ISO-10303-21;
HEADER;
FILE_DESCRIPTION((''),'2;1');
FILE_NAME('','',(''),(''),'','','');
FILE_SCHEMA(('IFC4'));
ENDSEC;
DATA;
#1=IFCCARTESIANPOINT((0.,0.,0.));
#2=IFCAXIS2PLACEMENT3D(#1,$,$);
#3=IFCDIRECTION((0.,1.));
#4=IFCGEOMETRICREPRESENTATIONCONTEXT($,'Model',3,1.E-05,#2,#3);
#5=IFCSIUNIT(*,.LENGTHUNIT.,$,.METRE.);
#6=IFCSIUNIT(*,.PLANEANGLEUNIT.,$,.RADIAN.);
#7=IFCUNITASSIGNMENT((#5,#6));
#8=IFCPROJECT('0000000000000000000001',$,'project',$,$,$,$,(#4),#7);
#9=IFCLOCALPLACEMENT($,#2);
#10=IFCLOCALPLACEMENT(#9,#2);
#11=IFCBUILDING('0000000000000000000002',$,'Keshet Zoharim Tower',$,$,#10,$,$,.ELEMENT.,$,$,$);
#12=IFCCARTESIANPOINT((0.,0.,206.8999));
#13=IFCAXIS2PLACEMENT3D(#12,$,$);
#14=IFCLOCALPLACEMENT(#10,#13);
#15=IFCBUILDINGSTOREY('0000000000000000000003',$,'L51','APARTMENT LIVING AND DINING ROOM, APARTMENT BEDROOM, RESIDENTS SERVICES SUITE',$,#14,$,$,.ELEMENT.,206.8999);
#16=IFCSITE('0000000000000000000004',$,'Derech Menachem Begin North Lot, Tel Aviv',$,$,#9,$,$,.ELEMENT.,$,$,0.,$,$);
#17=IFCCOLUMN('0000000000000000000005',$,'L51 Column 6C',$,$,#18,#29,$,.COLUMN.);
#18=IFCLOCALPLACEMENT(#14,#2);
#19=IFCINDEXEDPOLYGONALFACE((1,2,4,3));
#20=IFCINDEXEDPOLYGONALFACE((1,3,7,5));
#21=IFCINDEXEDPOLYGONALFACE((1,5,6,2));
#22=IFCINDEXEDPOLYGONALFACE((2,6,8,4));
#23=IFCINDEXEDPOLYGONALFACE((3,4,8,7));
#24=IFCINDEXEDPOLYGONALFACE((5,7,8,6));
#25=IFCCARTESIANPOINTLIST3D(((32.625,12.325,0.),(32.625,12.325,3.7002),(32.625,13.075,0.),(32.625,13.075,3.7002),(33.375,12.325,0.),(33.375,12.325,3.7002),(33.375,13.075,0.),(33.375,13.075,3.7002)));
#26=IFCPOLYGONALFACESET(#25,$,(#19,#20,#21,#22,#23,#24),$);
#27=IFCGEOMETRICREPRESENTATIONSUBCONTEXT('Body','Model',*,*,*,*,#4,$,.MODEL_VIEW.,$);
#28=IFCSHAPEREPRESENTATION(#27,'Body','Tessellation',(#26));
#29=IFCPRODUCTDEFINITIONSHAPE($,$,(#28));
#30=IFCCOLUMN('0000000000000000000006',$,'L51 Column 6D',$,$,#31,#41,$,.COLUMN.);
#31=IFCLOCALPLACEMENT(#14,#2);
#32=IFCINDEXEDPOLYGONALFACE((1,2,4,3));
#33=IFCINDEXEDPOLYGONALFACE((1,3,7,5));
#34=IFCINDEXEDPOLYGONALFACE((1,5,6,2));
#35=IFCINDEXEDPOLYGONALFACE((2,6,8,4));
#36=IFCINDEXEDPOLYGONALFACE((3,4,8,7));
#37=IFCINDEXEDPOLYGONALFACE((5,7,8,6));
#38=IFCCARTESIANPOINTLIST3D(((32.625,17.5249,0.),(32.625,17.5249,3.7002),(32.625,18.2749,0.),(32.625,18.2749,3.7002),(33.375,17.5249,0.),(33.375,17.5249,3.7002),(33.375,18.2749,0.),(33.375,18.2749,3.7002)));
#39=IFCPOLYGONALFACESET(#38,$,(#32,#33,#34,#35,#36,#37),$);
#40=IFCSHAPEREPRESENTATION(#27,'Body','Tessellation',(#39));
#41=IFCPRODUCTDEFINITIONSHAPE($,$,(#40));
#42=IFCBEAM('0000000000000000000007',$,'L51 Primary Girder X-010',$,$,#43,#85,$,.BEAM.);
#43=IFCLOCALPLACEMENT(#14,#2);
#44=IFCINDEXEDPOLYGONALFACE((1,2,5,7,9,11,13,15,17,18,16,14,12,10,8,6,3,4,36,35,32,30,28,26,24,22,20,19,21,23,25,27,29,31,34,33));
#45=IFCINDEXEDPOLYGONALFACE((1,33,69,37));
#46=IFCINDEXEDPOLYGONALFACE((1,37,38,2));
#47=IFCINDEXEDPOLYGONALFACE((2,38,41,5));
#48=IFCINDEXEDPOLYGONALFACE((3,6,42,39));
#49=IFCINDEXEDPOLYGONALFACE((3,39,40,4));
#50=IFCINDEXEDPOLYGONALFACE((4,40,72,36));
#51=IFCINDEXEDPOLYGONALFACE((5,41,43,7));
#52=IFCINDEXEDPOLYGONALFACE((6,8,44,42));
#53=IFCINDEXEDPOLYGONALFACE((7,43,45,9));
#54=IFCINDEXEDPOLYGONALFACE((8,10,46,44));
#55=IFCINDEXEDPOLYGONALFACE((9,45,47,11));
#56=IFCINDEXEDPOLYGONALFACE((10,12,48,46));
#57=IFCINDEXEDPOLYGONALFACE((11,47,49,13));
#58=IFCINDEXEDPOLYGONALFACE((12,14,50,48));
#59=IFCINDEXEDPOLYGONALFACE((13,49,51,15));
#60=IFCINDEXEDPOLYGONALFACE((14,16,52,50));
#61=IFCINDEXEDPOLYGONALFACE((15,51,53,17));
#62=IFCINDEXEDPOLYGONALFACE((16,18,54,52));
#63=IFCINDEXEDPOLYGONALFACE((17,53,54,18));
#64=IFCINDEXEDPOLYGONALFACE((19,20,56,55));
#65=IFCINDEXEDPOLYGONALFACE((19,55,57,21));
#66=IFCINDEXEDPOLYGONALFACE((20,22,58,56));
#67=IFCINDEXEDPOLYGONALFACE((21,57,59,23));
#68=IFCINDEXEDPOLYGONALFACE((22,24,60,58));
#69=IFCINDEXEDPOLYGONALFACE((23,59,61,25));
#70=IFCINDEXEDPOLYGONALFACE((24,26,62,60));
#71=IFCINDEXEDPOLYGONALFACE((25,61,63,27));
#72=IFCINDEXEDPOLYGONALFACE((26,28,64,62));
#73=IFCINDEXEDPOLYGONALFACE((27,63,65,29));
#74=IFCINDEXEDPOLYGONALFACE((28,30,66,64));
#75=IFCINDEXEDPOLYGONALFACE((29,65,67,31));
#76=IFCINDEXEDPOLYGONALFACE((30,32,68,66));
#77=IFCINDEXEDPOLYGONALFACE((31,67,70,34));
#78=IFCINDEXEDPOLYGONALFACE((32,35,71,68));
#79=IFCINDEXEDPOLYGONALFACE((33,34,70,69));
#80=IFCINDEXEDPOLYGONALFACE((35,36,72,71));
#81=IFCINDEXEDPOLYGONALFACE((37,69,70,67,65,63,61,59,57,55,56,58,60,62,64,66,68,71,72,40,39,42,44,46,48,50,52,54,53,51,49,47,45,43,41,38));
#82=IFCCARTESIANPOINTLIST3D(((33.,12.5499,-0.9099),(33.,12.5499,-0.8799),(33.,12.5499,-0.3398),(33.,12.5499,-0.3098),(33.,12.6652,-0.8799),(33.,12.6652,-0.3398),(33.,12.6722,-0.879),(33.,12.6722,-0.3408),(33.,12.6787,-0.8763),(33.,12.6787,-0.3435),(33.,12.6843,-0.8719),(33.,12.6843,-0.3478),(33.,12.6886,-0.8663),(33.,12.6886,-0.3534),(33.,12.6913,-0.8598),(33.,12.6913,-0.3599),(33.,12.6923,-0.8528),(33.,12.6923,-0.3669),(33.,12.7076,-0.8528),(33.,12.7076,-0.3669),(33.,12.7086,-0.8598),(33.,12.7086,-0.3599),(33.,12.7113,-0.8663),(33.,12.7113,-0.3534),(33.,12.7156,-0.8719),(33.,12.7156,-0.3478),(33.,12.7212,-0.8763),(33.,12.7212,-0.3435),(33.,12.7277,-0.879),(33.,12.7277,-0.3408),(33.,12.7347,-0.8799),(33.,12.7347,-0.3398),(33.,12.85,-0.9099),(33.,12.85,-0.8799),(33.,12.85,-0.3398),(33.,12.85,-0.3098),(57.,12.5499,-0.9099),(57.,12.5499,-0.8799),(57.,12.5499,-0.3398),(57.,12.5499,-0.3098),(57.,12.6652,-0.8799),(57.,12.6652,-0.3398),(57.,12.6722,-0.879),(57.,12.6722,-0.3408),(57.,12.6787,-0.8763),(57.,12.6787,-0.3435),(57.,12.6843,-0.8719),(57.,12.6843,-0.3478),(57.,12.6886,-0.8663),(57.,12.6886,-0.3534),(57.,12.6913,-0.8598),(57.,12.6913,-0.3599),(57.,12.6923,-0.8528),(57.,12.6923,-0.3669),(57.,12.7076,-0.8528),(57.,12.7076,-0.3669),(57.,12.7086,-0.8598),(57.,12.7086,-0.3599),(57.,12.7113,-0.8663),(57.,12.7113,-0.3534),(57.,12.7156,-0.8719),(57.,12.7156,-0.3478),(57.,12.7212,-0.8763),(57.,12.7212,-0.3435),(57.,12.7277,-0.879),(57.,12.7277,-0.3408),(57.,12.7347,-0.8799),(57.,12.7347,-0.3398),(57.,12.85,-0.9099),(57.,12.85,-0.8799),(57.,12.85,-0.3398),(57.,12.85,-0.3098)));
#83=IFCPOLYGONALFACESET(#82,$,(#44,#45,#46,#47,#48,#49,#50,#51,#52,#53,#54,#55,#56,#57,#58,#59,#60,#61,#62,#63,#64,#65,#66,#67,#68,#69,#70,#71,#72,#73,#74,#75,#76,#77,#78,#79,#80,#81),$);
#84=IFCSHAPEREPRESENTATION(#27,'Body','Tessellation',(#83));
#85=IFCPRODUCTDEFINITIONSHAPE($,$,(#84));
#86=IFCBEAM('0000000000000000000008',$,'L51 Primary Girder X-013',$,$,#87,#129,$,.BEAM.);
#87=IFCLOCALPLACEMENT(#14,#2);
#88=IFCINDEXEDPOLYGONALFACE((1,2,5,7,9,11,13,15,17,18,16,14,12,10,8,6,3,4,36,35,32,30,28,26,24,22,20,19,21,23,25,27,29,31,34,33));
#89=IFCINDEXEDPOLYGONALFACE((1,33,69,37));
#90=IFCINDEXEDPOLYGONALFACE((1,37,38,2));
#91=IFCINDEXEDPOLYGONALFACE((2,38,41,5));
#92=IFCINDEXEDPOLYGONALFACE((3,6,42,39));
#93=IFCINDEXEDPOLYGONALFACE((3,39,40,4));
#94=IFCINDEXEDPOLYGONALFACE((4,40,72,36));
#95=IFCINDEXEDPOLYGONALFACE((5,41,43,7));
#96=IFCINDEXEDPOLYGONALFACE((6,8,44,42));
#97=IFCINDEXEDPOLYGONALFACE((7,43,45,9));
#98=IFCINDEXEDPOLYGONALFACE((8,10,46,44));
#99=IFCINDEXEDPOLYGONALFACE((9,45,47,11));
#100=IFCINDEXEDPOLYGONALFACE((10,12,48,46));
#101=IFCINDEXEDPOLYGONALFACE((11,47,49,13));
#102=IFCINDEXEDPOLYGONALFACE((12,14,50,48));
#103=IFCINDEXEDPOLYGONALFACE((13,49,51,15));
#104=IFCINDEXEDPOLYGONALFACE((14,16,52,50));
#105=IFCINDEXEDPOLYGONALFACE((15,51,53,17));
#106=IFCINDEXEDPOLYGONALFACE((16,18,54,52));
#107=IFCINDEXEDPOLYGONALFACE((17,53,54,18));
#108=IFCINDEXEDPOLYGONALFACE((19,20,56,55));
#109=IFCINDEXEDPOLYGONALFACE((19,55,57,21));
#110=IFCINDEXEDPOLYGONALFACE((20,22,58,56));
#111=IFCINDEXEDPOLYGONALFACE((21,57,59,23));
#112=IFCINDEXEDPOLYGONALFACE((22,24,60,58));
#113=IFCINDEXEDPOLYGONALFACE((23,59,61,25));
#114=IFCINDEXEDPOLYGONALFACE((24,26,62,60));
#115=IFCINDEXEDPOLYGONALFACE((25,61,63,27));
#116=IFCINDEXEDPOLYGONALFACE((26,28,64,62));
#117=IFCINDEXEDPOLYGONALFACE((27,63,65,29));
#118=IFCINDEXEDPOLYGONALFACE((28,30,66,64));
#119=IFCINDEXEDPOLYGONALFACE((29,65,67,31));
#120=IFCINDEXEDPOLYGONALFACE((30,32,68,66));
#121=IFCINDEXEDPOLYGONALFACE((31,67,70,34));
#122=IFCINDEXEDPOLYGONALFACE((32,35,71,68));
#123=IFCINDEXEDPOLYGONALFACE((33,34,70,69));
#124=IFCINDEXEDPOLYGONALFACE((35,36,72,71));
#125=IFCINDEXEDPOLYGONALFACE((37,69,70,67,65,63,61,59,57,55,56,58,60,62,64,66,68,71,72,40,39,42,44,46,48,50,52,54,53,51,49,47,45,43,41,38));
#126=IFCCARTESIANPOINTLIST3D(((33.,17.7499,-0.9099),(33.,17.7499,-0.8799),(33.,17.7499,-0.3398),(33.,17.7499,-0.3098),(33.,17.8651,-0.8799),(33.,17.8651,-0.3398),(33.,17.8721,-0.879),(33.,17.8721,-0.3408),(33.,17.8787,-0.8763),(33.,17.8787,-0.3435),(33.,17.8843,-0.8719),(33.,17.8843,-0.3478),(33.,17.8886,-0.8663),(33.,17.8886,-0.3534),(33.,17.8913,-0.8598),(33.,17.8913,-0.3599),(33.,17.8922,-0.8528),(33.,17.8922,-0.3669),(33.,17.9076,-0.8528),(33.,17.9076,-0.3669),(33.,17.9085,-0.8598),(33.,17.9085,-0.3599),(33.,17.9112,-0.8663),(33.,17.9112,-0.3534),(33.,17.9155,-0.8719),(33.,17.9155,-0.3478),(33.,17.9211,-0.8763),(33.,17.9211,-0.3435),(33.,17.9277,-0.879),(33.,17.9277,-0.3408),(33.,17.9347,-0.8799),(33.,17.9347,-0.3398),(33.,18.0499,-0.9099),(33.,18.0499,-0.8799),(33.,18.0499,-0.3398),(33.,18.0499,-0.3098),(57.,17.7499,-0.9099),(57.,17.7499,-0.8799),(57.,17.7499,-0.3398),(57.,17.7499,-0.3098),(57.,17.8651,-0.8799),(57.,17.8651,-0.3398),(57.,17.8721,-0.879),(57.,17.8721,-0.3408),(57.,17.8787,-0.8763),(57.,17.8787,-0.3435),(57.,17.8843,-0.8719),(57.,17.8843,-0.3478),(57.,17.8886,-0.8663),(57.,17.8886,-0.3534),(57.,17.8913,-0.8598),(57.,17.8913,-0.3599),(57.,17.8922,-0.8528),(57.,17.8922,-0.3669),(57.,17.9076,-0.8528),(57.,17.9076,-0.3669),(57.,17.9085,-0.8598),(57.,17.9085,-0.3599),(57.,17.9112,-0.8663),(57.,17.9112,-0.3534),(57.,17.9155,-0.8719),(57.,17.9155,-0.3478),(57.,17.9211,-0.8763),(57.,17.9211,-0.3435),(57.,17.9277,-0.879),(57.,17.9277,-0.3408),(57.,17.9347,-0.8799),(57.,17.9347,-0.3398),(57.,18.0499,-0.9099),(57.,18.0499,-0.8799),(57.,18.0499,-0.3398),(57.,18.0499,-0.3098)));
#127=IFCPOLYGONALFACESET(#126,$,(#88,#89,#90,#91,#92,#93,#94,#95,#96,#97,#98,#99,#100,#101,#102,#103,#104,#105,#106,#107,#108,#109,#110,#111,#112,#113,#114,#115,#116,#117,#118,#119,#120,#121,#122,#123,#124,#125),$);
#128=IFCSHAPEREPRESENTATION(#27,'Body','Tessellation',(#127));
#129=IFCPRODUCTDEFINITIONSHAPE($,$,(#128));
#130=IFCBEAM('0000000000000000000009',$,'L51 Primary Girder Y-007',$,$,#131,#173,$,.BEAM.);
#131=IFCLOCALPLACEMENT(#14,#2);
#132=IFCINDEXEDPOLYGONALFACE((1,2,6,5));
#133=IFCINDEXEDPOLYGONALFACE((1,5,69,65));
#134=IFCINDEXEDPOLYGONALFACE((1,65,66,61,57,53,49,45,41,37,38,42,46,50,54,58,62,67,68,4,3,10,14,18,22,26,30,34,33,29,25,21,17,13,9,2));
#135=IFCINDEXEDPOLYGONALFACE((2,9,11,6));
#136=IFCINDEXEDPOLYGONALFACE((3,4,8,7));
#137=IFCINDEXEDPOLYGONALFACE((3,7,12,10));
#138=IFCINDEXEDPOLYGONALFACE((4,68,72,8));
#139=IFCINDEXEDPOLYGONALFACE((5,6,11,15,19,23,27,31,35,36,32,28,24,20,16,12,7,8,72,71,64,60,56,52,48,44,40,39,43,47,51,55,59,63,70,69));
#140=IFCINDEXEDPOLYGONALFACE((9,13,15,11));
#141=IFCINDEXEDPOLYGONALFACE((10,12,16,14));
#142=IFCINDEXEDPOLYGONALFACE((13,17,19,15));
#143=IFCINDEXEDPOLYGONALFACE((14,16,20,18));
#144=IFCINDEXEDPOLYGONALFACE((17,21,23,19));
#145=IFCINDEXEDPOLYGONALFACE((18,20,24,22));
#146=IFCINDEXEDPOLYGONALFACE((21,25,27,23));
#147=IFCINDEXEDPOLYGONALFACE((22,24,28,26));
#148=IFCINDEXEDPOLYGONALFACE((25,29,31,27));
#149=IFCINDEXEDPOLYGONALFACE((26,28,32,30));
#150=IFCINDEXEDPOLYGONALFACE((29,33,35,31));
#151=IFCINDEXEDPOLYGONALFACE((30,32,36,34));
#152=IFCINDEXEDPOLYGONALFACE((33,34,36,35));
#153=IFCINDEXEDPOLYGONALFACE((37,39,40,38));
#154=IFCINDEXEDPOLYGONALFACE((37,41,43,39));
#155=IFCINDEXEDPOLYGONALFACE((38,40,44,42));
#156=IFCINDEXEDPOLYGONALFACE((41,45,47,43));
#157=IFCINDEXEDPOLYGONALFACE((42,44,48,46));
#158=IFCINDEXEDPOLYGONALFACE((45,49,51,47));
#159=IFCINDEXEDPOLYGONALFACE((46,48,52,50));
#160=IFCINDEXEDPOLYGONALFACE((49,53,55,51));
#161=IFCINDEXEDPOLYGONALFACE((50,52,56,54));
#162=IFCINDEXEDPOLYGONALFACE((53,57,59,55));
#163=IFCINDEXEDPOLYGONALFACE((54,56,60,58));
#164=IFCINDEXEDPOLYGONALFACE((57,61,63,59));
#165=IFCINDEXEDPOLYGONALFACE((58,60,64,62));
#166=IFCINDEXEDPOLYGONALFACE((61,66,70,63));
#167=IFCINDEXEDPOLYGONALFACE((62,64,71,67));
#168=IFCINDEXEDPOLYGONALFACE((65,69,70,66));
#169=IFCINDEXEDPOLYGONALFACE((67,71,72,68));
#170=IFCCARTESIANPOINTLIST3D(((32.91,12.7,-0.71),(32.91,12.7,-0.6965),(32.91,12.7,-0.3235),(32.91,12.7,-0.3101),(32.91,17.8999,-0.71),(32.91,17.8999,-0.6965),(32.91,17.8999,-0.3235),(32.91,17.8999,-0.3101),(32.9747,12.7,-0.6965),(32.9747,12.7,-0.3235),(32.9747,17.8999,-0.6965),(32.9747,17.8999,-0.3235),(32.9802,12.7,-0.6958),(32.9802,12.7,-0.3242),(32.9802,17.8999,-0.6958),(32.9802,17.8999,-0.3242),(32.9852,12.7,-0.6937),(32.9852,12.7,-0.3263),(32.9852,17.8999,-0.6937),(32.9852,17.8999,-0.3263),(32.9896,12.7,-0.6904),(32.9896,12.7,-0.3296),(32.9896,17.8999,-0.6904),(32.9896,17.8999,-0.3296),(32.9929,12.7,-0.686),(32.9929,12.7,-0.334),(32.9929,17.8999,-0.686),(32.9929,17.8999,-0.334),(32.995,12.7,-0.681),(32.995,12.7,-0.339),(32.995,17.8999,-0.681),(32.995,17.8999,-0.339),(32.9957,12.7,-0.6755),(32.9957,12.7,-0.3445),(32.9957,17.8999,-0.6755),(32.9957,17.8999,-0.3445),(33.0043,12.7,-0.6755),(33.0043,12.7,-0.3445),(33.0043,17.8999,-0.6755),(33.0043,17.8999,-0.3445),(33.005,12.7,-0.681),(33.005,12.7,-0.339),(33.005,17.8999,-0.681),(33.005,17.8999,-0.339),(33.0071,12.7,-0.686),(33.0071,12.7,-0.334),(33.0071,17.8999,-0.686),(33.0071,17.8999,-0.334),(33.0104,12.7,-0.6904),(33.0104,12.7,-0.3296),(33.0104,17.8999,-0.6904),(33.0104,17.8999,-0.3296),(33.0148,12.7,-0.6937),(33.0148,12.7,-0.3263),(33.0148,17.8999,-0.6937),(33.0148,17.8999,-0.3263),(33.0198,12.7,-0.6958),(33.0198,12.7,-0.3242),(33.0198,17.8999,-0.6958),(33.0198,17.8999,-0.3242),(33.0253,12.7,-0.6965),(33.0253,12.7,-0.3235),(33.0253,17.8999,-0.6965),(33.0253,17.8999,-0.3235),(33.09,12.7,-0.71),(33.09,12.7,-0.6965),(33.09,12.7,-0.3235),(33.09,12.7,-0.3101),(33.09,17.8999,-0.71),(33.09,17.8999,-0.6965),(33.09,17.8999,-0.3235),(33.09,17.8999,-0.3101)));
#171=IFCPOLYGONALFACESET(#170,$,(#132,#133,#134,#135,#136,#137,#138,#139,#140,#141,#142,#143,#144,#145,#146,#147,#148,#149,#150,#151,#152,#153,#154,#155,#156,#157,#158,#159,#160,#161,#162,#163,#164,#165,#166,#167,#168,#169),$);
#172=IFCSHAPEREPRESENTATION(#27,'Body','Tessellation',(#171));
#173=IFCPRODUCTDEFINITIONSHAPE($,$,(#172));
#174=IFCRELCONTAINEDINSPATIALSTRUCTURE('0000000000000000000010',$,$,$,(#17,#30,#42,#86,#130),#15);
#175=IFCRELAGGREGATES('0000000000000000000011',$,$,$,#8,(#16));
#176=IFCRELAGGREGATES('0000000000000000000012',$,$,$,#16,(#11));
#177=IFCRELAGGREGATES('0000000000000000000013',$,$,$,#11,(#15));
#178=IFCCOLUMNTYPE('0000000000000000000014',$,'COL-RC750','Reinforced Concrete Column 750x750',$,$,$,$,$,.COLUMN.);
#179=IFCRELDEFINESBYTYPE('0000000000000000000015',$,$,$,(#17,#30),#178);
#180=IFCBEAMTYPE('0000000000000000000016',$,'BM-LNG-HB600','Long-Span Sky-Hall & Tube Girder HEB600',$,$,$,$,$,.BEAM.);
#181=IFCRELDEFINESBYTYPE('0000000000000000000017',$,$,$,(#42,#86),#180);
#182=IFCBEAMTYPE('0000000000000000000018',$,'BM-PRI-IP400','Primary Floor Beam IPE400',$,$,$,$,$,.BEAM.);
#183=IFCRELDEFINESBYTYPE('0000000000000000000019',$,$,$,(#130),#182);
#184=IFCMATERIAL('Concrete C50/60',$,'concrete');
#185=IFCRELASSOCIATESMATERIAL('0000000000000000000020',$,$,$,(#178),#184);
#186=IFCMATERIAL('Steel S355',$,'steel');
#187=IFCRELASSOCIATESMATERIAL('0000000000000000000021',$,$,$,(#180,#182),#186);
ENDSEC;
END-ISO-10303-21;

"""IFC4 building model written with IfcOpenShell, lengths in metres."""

from ifc_helpers import new_model, si_unit, direction, frame, origin, origin_2d, place, context, subcontext, project, spatial, rectangle, i_section, extrude, material, material_profile, profile_set, type_object, element, save


model = new_model("IFC4")

# Units and contexts
model_context = context("Model", 3, precision=1e-05, world=origin(), true_north=direction((0.0, 1.0)))
body_context = subcontext(model_context, "Body", "Model", "MODEL_VIEW")
ifc_project = project(units=[si_unit("LENGTHUNIT", "METRE"), si_unit("PLANEANGLEUNIT", "RADIAN")], contexts=[model_context])

# Site, building, storey
site_placement = place(None, origin())
site = spatial("IfcSite", under=ifc_project, at=site_placement, Name="Derech Menachem Begin North Lot, Tel Aviv", CompositionType="ELEMENT", RefElevation=0.0)
building_placement = place(site_placement, origin())
building = spatial("IfcBuilding", under=site, at=building_placement, Name="Keshet Zoharim Tower", CompositionType="ELEMENT")
storey_placement = place(building_placement, frame((0.0, 0.0, 206.8999)))
storey = spatial("IfcBuildingStorey", under=building, at=storey_placement, Name="L51", Description="APARTMENT LIVING AND DINING ROOM, APARTMENT BEDROOM, RESIDENTS SERVICES SUITE", CompositionType="ELEMENT", Elevation=206.8999)

# Columns
ifc_material_1 = material(Name="Concrete C50/60", Category="concrete")
ifc_material_profile_1 = material_profile(ifc_material_1, rectangle(XDim=0.75, YDim=0.75, at=origin_2d()), Name="RC750x750")
ifc_profile_set_1 = profile_set([ifc_material_profile_1], Name="Concrete C50/60")
column_type = type_object("IfcColumnType", Name="COL-RC750", Description="Reinforced Concrete Column 750x750", PredefinedType="COLUMN", material=ifc_profile_set_1)
for number, where, z_axis, x_axis, name in (
    (1, (33.0, 12.7, 0.0), (0.0, 0.0, 1.0), (1.0, 0.0, 0.0), "L51 Column 6C"),
    (2, (33.0, 17.8999, 0.0), (0.0, 0.0, 1.0), (1.0, 0.0, 0.0), "L51 Column 6D"),
):
    element("IfcColumn", number, at=place(storey_placement, frame(where, z_axis=z_axis, x_axis=x_axis)), inside=storey, type_object=column_type, Name=name, PredefinedType="COLUMN", context=body_context, shape_type="SweptSolid", body=[
        extrude(rectangle(XDim=0.75, YDim=0.75, at=origin_2d()), origin(), (0.0, 0.0, 1.0), 3.7002),
    ])

# Beams
ifc_material_2 = material(Name="Steel S355", Category="steel")
ifc_material_profile_2 = material_profile(ifc_material_2, i_section(OverallWidth=0.3, OverallDepth=0.6001, WebThickness=0.0154, FlangeThickness=0.03, FilletRadius=0.0271, at=origin_2d()), Name="HEB600")
ifc_profile_set_2 = profile_set([ifc_material_profile_2], Name="Steel S355")
beam_type_1 = type_object("IfcBeamType", Name="BM-LNG-HB600", Description="Long-Span Sky-Hall & Tube Girder HEB600", PredefinedType="BEAM", material=ifc_profile_set_2)
for number, where, z_axis, x_axis, name in (
    (3, (33.0, 12.7, -0.6099), (1.0, 0.0, 0.0), (0.0, 1.0, 0.0), "L51 Primary Girder X-010"),
    (4, (33.0, 17.8999, -0.6099), (1.0, 0.0, 0.0), (0.0, 1.0, 0.0), "L51 Primary Girder X-013"),
):
    element("IfcBeam", number, at=place(storey_placement, frame(where, z_axis=z_axis, x_axis=x_axis)), inside=storey, type_object=beam_type_1, Name=name, PredefinedType="BEAM", context=body_context, shape_type="SweptSolid", body=[
        extrude(i_section(OverallWidth=0.3, OverallDepth=0.6001, WebThickness=0.0154, FlangeThickness=0.03, FilletRadius=0.0271, at=origin_2d()), origin(), (0.0, 0.0, 1.0), 24.0),
    ])
ifc_material_profile_3 = material_profile(ifc_material_2, i_section(OverallWidth=0.1799, OverallDepth=0.3999, WebThickness=0.0085, FlangeThickness=0.0134, FilletRadius=0.021, at=origin_2d()), Name="IPE400")
ifc_profile_set_3 = profile_set([ifc_material_profile_3], Name="Steel S355")
beam_type_2 = type_object("IfcBeamType", Name="BM-PRI-IP400", Description="Primary Floor Beam IPE400", PredefinedType="BEAM", material=ifc_profile_set_3)
beam_1_placement = place(storey_placement, frame((33.0, 12.7, -0.51), z_axis=(0.0, 1.0, 0.0), x_axis=(-1.0, 0.0, 0.0)))
element("IfcBeam", 5, at=beam_1_placement, inside=storey, type_object=beam_type_2, Name="L51 Primary Girder Y-007", PredefinedType="BEAM", context=body_context, shape_type="SweptSolid", body=[
    extrude(i_section(OverallWidth=0.1799, OverallDepth=0.3999, WebThickness=0.0085, FlangeThickness=0.0134, FilletRadius=0.021, at=origin_2d()), origin(), (0.0, 0.0, 1.0), 5.2),
])

save(model, "model.ifc")
